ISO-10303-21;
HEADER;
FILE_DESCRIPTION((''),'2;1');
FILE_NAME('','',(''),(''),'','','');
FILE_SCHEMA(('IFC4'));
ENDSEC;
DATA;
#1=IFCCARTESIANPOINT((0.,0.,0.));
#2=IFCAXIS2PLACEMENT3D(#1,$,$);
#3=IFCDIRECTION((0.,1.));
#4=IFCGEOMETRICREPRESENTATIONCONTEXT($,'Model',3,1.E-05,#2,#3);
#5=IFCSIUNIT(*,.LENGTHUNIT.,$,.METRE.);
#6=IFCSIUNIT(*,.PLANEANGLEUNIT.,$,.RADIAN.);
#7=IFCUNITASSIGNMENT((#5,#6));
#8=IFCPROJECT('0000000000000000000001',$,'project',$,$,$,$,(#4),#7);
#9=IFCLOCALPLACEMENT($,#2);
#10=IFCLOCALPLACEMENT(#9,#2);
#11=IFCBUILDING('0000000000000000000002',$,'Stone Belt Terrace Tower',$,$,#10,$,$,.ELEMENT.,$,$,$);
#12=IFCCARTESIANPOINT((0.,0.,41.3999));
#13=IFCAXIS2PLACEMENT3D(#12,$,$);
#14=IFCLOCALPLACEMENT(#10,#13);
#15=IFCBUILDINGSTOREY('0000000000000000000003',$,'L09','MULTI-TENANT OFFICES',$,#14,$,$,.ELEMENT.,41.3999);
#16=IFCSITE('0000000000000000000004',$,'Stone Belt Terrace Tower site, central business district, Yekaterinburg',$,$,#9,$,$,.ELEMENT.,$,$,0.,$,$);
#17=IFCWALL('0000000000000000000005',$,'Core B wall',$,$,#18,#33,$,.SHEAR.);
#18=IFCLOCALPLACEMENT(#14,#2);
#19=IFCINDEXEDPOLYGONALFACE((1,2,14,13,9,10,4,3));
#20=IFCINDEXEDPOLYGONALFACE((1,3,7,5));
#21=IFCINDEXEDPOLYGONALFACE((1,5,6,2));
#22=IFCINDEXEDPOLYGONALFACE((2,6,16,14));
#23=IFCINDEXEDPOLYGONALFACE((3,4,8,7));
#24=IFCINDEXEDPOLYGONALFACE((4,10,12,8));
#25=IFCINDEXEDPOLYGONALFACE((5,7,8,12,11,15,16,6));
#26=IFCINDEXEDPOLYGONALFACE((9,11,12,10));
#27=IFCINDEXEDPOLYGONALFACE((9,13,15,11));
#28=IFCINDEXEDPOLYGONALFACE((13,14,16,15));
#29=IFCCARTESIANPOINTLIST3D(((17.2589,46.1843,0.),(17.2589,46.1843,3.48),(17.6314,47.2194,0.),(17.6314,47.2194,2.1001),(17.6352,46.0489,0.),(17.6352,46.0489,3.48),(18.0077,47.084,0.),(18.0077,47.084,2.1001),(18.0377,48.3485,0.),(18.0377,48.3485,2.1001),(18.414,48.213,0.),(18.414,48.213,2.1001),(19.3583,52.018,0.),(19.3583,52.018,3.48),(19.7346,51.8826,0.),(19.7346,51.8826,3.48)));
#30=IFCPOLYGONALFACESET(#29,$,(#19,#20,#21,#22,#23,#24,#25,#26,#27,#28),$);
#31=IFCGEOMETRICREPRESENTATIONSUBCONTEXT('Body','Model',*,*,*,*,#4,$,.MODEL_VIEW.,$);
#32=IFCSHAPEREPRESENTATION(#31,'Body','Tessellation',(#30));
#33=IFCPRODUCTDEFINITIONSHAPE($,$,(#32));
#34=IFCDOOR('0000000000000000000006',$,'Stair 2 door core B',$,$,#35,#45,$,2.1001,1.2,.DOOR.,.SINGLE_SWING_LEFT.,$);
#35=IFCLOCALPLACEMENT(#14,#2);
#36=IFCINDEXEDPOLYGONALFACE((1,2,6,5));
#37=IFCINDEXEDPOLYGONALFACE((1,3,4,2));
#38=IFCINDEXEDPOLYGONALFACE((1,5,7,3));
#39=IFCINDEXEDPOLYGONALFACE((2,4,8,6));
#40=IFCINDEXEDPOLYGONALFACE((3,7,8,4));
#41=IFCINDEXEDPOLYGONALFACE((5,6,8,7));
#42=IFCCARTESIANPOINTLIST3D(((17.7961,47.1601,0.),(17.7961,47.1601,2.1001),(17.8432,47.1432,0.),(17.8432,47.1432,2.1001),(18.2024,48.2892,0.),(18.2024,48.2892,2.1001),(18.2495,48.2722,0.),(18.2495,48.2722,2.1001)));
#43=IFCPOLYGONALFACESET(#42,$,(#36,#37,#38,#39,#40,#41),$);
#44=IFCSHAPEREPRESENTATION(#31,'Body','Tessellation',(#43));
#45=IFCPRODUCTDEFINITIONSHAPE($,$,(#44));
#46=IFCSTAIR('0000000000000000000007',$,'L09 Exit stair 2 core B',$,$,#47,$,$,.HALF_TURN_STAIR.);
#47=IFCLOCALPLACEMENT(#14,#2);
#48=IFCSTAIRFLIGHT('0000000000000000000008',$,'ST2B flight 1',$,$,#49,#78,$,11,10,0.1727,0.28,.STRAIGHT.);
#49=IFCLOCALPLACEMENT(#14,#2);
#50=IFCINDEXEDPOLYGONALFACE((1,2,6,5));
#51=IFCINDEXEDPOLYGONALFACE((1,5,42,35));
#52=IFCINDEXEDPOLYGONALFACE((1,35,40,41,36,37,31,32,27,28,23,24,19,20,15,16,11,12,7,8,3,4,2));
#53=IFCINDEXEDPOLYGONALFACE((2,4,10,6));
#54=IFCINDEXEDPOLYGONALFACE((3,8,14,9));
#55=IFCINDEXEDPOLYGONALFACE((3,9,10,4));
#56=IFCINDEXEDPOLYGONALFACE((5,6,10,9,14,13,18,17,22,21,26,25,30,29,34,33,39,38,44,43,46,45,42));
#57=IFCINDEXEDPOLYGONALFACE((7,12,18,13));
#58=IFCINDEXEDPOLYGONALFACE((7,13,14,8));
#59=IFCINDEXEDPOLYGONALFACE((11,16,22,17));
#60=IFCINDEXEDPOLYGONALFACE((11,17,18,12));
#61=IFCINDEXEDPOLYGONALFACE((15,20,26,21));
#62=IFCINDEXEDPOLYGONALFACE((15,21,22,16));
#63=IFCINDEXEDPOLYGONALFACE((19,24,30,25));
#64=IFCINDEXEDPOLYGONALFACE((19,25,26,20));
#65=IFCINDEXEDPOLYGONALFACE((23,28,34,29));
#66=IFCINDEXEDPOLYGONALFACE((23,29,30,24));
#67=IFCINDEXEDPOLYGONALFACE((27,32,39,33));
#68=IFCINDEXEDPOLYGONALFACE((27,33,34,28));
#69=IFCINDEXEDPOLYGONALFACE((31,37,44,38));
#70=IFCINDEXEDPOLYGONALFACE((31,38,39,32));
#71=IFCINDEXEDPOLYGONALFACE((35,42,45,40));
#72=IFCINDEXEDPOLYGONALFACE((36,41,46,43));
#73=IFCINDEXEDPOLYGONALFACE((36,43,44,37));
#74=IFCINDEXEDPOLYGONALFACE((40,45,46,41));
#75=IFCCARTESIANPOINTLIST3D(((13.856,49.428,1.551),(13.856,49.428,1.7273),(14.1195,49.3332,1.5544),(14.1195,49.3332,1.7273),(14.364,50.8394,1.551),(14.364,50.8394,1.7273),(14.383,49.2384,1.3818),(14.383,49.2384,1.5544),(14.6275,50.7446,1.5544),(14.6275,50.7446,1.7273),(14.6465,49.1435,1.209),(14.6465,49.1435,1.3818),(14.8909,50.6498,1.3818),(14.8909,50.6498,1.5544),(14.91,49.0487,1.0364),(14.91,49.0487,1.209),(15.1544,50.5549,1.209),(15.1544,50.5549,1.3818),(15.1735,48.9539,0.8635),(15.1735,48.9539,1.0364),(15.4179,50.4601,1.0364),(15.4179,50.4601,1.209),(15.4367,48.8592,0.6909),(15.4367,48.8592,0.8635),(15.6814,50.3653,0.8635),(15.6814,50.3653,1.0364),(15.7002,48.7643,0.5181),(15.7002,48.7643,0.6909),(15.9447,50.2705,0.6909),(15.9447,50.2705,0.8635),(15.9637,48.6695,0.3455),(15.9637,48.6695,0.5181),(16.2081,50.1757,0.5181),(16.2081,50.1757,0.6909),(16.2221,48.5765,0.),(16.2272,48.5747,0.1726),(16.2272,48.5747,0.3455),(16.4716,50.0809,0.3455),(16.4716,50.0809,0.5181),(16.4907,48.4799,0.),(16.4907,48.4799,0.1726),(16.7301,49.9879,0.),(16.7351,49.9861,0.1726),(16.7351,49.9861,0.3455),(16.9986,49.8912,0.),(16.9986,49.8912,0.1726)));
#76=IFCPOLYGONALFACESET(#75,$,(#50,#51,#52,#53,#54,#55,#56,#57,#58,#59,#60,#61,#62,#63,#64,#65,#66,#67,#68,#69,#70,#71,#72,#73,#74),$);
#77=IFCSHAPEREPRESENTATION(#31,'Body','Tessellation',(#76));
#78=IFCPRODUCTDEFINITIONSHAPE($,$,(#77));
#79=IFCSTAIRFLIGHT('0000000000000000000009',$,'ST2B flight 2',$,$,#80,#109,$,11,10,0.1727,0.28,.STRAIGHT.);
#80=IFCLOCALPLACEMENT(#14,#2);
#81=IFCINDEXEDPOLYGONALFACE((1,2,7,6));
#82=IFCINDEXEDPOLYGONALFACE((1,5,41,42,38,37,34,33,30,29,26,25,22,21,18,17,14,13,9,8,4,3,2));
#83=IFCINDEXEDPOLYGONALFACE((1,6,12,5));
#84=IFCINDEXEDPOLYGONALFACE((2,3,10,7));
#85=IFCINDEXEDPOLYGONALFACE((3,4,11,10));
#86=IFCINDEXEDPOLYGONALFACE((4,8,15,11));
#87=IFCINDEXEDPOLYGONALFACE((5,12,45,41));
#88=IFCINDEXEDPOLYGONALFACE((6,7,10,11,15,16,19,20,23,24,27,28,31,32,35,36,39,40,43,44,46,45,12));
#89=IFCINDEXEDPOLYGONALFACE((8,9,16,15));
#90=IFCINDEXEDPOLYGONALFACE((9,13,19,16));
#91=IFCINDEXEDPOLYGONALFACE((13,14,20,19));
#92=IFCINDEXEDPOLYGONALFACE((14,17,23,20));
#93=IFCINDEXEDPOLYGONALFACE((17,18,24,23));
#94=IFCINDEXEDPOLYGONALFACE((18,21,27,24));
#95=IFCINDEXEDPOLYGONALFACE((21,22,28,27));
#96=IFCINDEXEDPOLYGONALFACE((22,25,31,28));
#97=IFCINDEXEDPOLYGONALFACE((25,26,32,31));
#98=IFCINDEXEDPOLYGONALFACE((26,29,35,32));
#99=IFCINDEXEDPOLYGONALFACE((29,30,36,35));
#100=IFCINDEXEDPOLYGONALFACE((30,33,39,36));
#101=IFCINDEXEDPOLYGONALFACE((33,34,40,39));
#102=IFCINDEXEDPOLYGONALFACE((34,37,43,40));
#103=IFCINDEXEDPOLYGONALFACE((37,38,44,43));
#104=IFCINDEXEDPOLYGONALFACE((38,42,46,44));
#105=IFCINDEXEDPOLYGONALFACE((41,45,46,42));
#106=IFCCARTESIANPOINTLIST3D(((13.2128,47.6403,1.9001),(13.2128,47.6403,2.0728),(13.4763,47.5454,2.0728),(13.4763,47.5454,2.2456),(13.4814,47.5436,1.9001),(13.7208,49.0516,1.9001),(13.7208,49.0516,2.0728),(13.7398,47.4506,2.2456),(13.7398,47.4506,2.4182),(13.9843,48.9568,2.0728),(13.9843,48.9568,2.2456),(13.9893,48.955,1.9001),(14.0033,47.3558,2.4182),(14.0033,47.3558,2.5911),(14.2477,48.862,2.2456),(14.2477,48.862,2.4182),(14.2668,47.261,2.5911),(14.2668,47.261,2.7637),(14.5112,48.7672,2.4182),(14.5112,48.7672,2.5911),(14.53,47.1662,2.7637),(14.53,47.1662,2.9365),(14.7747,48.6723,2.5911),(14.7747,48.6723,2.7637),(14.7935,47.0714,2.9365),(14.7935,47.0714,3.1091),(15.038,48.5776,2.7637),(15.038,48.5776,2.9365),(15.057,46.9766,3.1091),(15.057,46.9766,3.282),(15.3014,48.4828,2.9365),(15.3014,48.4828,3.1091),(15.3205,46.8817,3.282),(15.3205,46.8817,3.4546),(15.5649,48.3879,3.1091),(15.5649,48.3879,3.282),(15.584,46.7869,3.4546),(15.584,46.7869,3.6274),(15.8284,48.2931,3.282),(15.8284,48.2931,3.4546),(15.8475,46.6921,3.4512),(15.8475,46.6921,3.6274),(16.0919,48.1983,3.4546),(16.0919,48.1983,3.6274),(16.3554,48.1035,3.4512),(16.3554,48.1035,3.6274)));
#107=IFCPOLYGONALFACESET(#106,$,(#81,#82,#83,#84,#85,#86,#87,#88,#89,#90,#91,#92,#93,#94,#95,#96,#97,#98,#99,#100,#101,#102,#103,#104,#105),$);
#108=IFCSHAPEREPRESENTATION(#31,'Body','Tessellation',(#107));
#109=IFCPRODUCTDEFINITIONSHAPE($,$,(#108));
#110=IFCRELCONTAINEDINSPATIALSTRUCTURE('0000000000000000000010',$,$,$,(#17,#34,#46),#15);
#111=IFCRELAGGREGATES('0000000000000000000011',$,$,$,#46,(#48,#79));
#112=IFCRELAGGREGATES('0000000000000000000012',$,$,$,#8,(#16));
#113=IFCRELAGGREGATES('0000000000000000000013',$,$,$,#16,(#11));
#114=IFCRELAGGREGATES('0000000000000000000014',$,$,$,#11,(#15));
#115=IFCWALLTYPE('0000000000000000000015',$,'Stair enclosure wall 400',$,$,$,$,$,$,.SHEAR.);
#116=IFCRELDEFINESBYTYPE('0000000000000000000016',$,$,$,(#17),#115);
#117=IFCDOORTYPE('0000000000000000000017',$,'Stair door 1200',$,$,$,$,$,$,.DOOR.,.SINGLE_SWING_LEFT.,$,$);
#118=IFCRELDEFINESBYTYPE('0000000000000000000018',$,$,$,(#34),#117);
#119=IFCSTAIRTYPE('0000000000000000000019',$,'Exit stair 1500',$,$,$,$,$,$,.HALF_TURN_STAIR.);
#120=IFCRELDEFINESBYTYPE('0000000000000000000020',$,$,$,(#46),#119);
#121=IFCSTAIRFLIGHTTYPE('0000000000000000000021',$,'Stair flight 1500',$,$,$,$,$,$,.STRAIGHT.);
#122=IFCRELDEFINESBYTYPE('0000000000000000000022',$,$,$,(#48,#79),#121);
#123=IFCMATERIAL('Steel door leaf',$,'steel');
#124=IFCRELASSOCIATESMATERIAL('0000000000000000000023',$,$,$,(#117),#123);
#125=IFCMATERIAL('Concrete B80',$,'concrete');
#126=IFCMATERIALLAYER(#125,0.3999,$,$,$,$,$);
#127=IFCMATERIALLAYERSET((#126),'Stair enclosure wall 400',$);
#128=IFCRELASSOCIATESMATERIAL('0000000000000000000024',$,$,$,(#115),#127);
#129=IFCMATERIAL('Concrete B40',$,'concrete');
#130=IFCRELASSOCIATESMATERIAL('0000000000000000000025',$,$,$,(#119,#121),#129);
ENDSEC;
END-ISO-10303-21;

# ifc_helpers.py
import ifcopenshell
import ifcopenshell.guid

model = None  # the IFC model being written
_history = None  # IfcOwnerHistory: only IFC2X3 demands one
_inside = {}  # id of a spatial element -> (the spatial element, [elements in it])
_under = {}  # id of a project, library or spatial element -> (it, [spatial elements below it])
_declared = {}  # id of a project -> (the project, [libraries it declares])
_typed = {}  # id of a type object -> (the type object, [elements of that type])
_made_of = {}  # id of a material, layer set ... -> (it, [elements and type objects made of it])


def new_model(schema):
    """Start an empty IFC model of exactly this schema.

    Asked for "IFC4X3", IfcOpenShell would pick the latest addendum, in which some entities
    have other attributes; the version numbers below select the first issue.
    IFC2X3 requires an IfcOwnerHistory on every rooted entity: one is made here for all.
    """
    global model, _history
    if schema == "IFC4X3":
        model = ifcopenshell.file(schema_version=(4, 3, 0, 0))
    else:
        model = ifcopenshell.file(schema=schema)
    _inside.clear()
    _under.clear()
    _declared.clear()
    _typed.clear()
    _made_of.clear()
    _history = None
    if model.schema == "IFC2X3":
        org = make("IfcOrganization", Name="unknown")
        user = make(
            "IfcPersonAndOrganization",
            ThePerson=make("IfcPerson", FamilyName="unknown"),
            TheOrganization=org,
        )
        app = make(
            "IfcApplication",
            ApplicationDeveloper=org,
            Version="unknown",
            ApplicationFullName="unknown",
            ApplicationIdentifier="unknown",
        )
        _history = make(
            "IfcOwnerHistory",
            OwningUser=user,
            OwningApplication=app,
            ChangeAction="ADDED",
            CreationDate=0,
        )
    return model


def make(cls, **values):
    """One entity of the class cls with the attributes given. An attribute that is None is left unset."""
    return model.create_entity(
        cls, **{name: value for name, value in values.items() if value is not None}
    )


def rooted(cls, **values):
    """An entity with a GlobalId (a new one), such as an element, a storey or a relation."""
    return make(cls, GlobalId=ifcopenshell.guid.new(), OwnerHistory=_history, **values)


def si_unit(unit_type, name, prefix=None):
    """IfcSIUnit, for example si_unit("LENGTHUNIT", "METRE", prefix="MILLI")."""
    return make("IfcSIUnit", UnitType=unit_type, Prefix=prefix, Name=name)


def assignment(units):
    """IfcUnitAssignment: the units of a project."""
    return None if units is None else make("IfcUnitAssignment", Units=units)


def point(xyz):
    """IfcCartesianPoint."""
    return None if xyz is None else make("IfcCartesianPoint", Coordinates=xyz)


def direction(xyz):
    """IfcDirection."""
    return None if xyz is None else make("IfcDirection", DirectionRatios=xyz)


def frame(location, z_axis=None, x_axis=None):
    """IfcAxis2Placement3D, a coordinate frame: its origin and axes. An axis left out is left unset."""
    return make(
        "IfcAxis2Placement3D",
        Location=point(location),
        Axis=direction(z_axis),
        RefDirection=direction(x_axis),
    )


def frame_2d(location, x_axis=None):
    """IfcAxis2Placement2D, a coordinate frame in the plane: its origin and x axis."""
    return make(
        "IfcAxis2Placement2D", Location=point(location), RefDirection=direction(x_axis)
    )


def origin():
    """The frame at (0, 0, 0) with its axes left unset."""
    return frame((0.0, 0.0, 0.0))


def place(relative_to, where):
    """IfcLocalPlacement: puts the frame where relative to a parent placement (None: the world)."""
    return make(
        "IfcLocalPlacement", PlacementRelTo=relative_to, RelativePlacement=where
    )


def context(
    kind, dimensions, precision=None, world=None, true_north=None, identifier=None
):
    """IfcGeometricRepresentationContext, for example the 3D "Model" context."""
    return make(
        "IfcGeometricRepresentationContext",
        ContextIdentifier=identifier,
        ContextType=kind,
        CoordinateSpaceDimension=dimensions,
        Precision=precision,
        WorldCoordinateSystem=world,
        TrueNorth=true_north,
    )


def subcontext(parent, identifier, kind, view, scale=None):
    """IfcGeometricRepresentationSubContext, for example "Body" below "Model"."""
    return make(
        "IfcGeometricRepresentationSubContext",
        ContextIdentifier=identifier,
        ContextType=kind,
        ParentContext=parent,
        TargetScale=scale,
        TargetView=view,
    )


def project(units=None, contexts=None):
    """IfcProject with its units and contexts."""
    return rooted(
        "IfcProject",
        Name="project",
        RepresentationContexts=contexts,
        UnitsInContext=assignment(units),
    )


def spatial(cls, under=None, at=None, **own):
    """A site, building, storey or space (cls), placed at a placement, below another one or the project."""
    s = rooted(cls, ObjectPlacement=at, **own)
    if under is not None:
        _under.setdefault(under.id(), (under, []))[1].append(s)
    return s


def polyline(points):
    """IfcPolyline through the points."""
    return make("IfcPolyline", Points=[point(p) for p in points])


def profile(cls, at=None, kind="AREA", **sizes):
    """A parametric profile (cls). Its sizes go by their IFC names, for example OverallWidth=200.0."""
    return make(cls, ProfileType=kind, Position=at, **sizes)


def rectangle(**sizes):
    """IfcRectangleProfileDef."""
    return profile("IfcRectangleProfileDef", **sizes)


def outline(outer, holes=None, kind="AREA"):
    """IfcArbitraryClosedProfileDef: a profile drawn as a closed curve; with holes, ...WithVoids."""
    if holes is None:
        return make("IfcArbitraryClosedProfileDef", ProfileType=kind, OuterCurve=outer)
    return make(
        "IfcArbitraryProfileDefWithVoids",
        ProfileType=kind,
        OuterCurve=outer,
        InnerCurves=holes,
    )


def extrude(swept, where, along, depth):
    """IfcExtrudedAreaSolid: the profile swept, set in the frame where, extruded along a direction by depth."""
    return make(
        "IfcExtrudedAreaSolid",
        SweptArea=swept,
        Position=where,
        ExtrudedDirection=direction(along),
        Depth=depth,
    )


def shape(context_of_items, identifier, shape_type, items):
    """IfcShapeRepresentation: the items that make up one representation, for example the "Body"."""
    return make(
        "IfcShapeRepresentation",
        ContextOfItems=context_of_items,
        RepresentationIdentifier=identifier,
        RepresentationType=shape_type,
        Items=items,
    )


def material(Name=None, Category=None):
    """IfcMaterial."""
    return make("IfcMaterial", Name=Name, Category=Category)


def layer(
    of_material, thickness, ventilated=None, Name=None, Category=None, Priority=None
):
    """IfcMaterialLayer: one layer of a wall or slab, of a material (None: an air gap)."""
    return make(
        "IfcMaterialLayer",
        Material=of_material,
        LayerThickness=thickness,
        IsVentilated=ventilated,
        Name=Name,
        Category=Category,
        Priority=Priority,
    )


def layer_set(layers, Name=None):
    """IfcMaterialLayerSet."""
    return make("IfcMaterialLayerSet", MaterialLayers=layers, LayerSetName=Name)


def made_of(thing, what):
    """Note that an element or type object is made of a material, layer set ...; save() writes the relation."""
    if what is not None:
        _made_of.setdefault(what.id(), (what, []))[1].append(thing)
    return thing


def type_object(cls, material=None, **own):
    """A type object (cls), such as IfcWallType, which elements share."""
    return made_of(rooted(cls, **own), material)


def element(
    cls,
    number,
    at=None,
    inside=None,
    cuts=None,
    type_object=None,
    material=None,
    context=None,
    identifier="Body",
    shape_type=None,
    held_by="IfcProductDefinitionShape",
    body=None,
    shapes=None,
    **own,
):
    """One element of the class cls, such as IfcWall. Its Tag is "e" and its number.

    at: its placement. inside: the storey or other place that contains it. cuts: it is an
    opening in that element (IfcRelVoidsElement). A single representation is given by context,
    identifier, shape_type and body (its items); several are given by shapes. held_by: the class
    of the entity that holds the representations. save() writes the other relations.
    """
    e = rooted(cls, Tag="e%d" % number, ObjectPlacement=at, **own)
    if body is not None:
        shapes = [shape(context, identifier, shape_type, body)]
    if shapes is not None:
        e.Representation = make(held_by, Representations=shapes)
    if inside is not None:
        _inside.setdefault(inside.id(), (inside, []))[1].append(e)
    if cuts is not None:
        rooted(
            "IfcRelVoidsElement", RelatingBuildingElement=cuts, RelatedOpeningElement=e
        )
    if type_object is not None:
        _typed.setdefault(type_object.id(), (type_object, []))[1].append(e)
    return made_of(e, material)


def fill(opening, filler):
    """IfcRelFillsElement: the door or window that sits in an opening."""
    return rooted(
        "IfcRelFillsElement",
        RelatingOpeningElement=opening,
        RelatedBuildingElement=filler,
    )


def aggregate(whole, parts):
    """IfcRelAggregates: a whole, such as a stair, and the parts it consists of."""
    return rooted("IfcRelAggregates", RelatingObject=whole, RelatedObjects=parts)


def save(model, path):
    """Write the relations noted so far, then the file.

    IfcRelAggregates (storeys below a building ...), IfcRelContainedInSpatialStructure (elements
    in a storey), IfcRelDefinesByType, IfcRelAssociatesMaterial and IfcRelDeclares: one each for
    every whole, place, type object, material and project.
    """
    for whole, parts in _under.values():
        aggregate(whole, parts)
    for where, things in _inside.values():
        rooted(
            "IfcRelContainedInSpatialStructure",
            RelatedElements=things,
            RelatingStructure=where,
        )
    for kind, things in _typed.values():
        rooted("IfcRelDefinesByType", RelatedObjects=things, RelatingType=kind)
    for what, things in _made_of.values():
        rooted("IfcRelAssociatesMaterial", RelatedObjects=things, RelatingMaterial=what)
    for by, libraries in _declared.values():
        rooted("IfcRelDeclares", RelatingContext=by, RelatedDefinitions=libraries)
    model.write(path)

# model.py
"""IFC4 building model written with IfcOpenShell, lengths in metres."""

from ifc_helpers import new_model, si_unit, direction, frame, frame_2d, origin, place, context, subcontext, project, spatial, polyline, rectangle, outline, extrude, material, layer, layer_set, type_object, element, fill, aggregate, save


model = new_model("IFC4")

# Units and contexts
model_context = context("Model", 3, precision=1e-05, world=origin(), true_north=direction((0.0, 1.0)))
body_context = subcontext(model_context, "Body", "Model", "MODEL_VIEW")
ifc_project = project(units=[si_unit("LENGTHUNIT", "METRE"), si_unit("PLANEANGLEUNIT", "RADIAN")], contexts=[model_context])

# Site, building, storey
site_placement = place(None, origin())
site = spatial("IfcSite", under=ifc_project, at=site_placement, Name="Stone Belt Terrace Tower site, central business district, Yekaterinburg", CompositionType="ELEMENT", RefElevation=0.0)
building_placement = place(site_placement, origin())
building = spatial("IfcBuilding", under=site, at=building_placement, Name="Stone Belt Terrace Tower", CompositionType="ELEMENT")
storey_placement = place(building_placement, frame((0.0, 0.0, 41.3999)))
storey = spatial("IfcBuildingStorey", under=building, at=storey_placement, Name="L09", Description="MULTI-TENANT OFFICES", CompositionType="ELEMENT", Elevation=41.3999)

# Shared definitions
ifc_material_1 = material(Name="Concrete B80", Category="concrete")

# Wall, opening, door
ifc_material_2 = material(Name="Steel door leaf", Category="steel")
door_type_1 = type_object("IfcDoorType", Name="Stair door 1200", OperationType="SINGLE_SWING_LEFT", PredefinedType="DOOR", material=ifc_material_2)
ifc_layer_1 = layer(ifc_material_1, 0.3999)
ifc_layer_set_1 = layer_set([ifc_layer_1], Name="Stair enclosure wall 400")
wall_type_1 = type_object("IfcWallType", Name="Stair enclosure wall 400", PredefinedType="SHEAR", material=ifc_layer_set_1)
wall_1_placement = place(storey_placement, frame((17.447, 46.1165, 0.0), z_axis=(0.0, 0.0, 1.0), x_axis=(0.338608, 0.940928, 0.0)))
wall_1 = element("IfcWall", 1, at=wall_1_placement, inside=storey, type_object=wall_type_1, Name="Core B wall", PredefinedType="SHEAR", context=body_context, shape_type="SweptSolid", body=[
    extrude(rectangle(XDim=6.2, YDim=0.3999, at=frame_2d((3.1001, 0.0))), origin(), (0.0, 0.0, 1.0), 3.48),
])
opening_1_placement = place(wall_1_placement, frame((1.1001, 0.0, 0.0)))
opening_1 = element("IfcOpeningElement", 2, at=opening_1_placement, cuts=wall_1, PredefinedType="OPENING", context=body_context, shape_type="SweptSolid", body=[
    extrude(rectangle(XDim=1.2, YDim=2.1001, at=frame_2d((0.6001, 1.05))), frame((0.0, 0.21, 0.0), z_axis=(0.0, -1.0, 0.0), x_axis=(1.0, 0.0, 0.0)), (0.0, 0.0, 1.0), 0.4199),
])
door_1_placement = place(opening_1_placement, origin())
door_1 = element("IfcDoor", 3, at=door_1_placement, inside=storey, type_object=door_type_1, Name="Stair 2 door core B", OperationType="SINGLE_SWING_LEFT", OverallHeight=2.1001, OverallWidth=1.2, PredefinedType="DOOR", context=body_context, shape_type="SweptSolid", body=[
    extrude(rectangle(XDim=1.2, YDim=2.1001, at=frame_2d((0.6001, 1.05))), frame((0.0, 0.0249, 0.0), z_axis=(0.0, -1.0, 0.0), x_axis=(1.0, 0.0, 0.0)), (0.0, 0.0, 1.0), 0.05),
])
fill(opening_1, door_1)

# Stair, stair flights
ifc_material_3 = material(Name="Concrete B40", Category="concrete")
stair_type = type_object("IfcStairType", Name="Exit stair 1500", PredefinedType="HALF_TURN_STAIR", material=ifc_material_3)
stair_placement = place(storey_placement, origin())
stair = element("IfcStair", 4, at=stair_placement, inside=storey, type_object=stair_type, Name="L09 Exit stair 2 core B", PredefinedType="HALF_TURN_STAIR")
stair_flight_type = type_object("IfcStairFlightType", Name="Stair flight 1500", PredefinedType="STRAIGHT", material=ifc_material_3)
stair_flight_1_placement = place(storey_placement, frame((16.7446, 49.1855, 0.0), z_axis=(0.0, 0.0, 1.0), x_axis=(-0.940922, 0.338624, 0.0)))
stair_flight_1 = element("IfcStairFlight", 5, at=stair_flight_1_placement, type_object=stair_flight_type, Name="ST2B flight 1", NumberOfRisers=11, NumberOfTreads=10, PredefinedType="STRAIGHT", RiserHeight=0.1727, TreadLength=0.28, context=body_context, shape_type="SweptSolid", body=[
    extrude(outline(polyline([(0.0, 0.0), (0.0, 0.1726), (0.28, 0.1726), (0.28, 0.3455), (0.5601, 0.3455), (0.5601, 0.5181), (0.8401, 0.5181), (0.8401, 0.6909), (1.1201, 0.6909), (1.1201, 0.8635), (1.3999, 0.8635), (1.3999, 1.0364), (1.6799, 1.0364), (1.6799, 1.209), (1.96, 1.209), (1.96, 1.3818), (2.24, 1.3818), (2.24, 1.5544), (2.52, 1.5544), (2.52, 1.7273), (2.8, 1.7273), (2.8, 1.8999), (2.8, 1.551), (0.2854, 0.0), (0.0, 0.0)])), frame((0.0, 0.75, 0.0), z_axis=(0.0, -1.0, 0.0), x_axis=(1.0, 0.0, 0.0)), (0.0, 0.0, 1.0), 1.5),
])
stair_flight_2_placement = place(storey_placement, frame((13.4668, 48.3459, 1.9001), z_axis=(0.0, 0.0, 1.0), x_axis=(0.940922, -0.338624, 0.0)))
stair_flight_2 = element("IfcStairFlight", 6, at=stair_flight_2_placement, type_object=stair_flight_type, Name="ST2B flight 2", NumberOfRisers=11, NumberOfTreads=10, PredefinedType="STRAIGHT", RiserHeight=0.1727, TreadLength=0.28, context=body_context, shape_type="SweptSolid", body=[
    extrude(outline(polyline([(0.0, 0.0), (0.0, 0.1726), (0.28, 0.1726), (0.28, 0.3455), (0.5601, 0.3455), (0.5601, 0.5181), (0.8401, 0.5181), (0.8401, 0.6909), (1.1201, 0.6909), (1.1201, 0.8635), (1.3999, 0.8635), (1.3999, 1.0364), (1.6799, 1.0364), (1.6799, 1.209), (1.96, 1.209), (1.96, 1.3818), (2.24, 1.3818), (2.24, 1.5544), (2.52, 1.5544), (2.52, 1.7273), (2.8, 1.7273), (2.8, 1.8999), (2.8, 1.551), (0.2854, 0.0), (0.0, 0.0)])), frame((0.0, 0.75, 0.0), z_axis=(0.0, -1.0, 0.0), x_axis=(1.0, 0.0, 0.0)), (0.0, 0.0, 1.0), 1.5),
])
aggregate(stair, [stair_flight_1, stair_flight_2])

save(model, "model.ifc")
